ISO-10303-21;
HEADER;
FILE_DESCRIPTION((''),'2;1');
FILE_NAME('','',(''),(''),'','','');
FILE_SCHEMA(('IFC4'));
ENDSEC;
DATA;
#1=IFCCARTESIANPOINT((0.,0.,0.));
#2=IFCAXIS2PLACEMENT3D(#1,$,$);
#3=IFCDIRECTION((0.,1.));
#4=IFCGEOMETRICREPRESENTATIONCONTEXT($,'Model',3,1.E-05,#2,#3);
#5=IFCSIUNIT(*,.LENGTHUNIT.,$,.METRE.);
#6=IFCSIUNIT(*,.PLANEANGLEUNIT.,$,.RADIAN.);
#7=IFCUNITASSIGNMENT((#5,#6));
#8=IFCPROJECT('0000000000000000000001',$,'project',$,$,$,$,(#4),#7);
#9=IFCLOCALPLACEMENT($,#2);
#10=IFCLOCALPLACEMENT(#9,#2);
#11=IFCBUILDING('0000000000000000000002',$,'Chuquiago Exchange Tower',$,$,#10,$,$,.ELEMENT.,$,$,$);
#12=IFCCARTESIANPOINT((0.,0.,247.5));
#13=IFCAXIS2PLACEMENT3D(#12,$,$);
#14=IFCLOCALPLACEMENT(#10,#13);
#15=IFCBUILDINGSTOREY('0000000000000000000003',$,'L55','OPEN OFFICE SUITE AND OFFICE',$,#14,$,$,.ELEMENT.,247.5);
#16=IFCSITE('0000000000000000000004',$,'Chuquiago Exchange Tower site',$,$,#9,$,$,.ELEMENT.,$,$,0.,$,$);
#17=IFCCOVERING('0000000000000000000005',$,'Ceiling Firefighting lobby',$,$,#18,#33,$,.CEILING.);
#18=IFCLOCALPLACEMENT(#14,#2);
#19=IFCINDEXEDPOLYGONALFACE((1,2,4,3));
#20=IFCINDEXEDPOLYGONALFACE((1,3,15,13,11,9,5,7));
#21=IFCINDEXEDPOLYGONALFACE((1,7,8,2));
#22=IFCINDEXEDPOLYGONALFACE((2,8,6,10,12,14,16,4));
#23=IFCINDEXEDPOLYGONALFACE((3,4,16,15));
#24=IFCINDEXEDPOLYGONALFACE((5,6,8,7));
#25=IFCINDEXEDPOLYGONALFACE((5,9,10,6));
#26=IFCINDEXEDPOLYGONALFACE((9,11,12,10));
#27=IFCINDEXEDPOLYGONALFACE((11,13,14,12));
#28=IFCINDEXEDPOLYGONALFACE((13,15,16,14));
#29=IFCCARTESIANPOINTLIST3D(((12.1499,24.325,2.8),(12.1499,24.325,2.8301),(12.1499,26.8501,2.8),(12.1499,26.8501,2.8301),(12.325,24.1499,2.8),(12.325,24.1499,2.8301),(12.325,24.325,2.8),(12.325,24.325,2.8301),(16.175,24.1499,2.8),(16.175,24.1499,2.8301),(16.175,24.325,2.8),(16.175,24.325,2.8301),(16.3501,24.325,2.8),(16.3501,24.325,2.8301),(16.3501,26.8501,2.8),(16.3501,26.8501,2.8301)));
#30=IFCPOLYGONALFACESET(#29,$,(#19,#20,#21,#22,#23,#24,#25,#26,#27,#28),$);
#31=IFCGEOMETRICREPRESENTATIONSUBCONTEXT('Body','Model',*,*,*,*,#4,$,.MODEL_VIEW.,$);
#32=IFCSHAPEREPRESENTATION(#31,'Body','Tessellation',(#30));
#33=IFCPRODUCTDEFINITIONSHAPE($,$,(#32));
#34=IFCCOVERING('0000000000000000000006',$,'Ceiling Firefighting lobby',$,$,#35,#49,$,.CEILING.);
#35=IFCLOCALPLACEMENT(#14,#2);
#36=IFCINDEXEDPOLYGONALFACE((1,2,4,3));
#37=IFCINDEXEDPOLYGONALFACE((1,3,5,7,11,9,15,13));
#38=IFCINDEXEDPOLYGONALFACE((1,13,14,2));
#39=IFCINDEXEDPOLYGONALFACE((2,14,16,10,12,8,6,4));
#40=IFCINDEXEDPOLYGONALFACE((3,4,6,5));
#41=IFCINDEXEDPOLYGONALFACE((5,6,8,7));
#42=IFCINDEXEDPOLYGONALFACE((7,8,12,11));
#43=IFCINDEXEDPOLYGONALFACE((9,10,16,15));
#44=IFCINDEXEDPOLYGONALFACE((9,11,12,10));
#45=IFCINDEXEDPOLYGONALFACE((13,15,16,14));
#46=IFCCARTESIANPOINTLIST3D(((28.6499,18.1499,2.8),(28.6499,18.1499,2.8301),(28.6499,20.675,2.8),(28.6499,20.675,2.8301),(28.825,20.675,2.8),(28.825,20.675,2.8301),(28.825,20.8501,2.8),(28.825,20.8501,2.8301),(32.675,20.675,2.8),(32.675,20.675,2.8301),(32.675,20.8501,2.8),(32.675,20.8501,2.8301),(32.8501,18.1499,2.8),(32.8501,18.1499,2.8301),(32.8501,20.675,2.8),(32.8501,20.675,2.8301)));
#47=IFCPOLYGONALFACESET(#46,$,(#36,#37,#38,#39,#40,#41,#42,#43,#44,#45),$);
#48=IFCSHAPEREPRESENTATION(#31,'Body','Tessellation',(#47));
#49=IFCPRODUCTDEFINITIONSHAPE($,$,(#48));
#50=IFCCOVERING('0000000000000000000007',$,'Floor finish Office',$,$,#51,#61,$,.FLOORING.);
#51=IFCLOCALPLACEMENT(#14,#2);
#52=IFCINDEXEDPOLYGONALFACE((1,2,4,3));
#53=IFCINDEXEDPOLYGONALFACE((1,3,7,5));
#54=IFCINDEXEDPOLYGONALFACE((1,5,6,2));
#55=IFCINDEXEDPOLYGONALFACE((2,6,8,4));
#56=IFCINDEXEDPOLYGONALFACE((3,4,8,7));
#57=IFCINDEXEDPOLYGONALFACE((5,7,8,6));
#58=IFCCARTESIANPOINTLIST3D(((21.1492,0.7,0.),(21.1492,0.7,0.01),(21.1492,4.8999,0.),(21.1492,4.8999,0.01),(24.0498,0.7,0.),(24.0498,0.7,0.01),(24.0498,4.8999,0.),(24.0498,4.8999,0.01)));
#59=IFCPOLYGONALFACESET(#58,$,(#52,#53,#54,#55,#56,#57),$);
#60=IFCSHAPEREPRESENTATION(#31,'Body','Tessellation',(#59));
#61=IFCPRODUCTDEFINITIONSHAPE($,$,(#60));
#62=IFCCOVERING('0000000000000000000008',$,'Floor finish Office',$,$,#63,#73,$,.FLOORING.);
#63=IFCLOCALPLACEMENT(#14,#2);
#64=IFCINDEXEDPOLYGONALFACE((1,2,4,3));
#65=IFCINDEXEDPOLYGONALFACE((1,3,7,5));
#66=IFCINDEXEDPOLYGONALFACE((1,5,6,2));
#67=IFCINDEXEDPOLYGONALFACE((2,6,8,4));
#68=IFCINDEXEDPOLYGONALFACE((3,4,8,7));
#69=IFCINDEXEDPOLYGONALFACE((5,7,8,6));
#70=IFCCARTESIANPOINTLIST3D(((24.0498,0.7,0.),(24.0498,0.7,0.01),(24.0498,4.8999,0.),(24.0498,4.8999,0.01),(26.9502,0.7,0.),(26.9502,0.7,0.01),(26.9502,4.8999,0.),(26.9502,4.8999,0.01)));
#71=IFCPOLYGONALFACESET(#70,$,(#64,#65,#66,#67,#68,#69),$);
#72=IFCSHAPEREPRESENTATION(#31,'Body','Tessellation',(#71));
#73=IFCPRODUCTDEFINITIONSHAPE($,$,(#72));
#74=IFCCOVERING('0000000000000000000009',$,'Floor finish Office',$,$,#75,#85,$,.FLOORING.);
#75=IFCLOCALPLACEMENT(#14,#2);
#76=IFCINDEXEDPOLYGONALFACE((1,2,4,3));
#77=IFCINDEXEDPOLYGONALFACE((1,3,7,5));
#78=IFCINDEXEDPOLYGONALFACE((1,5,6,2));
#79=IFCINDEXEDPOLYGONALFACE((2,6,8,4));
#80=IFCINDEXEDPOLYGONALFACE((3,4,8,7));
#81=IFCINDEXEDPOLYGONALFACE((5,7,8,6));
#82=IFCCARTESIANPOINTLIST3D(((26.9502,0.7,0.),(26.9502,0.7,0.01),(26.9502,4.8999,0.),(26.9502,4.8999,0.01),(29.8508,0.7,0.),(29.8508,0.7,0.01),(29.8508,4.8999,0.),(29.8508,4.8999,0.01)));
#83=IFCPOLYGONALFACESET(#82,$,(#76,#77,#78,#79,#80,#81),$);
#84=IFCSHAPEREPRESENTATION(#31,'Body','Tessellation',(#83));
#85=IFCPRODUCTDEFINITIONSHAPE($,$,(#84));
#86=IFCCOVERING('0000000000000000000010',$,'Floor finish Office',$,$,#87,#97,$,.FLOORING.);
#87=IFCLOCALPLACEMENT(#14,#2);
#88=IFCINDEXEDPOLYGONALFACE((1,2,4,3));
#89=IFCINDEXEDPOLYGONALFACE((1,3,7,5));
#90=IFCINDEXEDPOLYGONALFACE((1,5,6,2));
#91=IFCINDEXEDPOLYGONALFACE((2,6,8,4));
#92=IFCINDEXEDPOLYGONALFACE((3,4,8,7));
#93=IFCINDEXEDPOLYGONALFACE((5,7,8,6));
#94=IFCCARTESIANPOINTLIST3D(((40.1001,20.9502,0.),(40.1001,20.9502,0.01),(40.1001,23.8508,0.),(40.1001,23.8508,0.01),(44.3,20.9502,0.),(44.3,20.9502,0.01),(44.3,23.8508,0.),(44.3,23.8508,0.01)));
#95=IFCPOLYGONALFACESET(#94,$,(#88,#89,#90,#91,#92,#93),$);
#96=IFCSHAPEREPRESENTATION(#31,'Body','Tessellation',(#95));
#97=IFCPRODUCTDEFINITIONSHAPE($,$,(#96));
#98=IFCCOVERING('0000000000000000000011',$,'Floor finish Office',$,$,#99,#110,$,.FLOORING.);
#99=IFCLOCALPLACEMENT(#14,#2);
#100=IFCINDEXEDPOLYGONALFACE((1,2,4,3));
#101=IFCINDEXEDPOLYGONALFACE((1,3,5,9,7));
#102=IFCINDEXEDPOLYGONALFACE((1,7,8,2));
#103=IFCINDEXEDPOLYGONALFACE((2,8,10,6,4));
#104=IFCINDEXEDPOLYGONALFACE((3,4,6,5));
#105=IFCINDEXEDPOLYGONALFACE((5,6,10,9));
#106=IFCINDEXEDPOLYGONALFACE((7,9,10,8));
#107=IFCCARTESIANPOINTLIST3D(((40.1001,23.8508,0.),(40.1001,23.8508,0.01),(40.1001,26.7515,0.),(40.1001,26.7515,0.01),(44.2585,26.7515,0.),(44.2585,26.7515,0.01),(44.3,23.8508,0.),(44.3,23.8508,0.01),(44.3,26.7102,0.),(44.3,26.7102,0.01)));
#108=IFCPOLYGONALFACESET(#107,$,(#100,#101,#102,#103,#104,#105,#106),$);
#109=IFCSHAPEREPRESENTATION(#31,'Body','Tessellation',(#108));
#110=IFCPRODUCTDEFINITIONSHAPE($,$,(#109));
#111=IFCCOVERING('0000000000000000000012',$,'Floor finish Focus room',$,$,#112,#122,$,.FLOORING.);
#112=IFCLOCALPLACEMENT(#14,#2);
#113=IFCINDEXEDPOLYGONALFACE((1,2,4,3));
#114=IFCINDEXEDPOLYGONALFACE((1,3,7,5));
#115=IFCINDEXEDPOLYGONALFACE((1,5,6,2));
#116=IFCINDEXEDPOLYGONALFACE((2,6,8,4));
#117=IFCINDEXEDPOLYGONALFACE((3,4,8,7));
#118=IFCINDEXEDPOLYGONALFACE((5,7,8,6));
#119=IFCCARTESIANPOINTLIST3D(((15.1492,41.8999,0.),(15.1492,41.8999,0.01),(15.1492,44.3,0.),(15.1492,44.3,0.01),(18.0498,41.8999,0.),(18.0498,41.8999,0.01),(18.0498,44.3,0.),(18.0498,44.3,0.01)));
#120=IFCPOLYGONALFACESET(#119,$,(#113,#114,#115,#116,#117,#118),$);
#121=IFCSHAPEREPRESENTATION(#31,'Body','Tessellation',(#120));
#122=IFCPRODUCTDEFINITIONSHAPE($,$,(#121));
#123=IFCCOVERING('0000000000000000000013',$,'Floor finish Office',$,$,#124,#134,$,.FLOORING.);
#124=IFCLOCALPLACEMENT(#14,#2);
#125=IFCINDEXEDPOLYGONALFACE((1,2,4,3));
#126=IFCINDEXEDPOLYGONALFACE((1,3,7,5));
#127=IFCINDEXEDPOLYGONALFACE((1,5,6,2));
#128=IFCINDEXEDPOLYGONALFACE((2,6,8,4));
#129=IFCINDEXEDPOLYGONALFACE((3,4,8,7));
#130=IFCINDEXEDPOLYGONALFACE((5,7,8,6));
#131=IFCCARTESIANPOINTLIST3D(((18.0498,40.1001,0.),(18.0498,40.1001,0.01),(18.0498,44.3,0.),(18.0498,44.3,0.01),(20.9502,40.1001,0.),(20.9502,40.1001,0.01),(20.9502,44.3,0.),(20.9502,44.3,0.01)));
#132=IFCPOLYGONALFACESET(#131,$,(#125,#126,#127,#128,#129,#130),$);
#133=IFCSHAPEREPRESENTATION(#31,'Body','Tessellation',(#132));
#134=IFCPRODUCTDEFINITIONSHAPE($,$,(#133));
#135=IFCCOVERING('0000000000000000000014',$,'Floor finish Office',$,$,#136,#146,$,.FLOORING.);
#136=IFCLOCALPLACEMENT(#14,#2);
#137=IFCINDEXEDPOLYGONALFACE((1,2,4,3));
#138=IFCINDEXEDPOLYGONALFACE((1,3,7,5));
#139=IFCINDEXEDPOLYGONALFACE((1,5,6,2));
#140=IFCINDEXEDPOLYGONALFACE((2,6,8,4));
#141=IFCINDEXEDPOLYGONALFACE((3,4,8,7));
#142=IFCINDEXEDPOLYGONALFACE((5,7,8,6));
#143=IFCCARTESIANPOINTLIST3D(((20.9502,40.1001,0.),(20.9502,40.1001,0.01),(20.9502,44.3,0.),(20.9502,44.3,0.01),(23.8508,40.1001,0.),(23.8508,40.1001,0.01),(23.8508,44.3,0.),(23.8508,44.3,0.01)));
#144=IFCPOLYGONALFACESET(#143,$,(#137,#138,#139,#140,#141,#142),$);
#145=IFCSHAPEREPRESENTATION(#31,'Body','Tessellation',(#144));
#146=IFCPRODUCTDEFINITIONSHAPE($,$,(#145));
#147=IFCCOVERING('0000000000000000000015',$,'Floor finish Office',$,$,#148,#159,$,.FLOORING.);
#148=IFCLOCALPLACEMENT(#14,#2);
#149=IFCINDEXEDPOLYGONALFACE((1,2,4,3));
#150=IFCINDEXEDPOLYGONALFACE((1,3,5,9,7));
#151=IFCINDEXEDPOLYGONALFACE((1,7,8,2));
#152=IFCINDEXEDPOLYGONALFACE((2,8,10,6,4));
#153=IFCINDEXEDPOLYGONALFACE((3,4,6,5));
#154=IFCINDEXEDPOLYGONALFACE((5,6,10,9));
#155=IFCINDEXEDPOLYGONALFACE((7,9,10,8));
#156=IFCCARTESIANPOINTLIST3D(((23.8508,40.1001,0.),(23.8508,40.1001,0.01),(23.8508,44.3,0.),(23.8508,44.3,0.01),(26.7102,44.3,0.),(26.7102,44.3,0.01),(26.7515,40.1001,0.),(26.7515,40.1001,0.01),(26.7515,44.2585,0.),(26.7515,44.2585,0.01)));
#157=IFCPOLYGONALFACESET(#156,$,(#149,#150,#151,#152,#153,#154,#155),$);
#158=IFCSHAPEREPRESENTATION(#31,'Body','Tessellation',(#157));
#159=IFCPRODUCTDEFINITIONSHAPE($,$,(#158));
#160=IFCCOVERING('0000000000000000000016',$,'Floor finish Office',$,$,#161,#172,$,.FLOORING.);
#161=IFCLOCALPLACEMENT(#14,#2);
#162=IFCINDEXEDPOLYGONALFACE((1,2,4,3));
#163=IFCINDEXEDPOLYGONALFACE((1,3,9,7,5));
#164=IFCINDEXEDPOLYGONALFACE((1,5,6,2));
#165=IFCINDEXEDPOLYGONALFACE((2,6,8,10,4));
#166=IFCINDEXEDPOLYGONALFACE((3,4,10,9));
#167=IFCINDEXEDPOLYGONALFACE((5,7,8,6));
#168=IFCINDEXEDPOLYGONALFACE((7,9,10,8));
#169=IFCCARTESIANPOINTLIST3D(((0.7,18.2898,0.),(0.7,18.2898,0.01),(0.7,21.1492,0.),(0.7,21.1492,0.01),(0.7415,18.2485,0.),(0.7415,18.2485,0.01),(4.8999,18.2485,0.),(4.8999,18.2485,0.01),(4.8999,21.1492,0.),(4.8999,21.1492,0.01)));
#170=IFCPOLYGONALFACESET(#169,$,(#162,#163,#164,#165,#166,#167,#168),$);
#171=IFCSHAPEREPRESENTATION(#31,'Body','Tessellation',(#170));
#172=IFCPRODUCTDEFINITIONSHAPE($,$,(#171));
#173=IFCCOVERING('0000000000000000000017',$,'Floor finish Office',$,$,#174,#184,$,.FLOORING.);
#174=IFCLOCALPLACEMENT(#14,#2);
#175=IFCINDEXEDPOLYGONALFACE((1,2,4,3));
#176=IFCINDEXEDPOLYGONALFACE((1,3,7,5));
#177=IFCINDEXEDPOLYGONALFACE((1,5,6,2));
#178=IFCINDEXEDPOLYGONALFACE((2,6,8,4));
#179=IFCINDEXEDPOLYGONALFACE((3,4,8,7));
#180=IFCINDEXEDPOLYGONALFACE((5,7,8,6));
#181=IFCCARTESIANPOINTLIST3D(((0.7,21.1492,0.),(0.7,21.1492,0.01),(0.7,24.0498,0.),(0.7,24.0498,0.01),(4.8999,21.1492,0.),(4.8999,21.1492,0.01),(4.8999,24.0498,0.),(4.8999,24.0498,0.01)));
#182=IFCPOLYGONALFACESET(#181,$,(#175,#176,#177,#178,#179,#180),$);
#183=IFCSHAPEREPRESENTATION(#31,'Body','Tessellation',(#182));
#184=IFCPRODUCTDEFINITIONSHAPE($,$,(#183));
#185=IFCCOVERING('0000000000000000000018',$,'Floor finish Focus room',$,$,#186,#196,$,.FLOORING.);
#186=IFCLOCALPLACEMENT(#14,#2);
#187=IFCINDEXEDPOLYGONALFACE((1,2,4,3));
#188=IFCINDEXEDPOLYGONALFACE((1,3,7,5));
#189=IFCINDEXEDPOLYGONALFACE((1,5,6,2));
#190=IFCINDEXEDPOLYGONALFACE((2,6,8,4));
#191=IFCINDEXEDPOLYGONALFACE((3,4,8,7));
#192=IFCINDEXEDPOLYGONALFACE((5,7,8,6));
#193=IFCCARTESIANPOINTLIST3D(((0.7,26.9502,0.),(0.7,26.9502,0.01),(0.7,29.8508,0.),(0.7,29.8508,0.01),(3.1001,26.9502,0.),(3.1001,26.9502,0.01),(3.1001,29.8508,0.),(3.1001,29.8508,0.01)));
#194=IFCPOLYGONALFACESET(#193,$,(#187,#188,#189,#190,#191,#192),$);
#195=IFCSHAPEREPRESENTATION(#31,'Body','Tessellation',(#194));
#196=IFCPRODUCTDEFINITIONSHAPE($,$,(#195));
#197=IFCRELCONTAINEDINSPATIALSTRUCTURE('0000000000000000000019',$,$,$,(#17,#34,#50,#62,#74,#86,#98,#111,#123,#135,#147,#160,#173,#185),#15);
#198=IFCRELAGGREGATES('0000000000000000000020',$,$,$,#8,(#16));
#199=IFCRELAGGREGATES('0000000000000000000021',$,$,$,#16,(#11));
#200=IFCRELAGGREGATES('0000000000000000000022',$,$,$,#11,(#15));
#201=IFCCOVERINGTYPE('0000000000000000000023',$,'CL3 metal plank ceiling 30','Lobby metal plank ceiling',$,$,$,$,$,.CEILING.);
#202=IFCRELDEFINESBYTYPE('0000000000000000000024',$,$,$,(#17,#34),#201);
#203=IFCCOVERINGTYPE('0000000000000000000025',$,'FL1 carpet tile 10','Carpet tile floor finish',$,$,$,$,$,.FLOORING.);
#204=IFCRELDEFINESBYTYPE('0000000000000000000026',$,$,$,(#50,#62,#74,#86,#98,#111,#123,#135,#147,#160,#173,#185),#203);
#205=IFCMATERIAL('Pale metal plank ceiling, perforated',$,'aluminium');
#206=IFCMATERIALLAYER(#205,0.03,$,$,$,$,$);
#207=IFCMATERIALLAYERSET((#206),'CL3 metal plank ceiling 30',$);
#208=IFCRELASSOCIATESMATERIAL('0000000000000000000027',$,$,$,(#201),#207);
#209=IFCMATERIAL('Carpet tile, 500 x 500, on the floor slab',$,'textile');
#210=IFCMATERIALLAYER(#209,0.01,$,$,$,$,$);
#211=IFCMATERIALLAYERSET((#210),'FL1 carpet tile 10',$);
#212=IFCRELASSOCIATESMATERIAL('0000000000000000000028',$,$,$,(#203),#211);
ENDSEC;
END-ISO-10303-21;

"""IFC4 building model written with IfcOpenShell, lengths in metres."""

from ifc_helpers import new_model, si_unit, direction, frame, origin, place, context, subcontext, project, spatial, polyline, outline, extrude, material, layer, layer_set, type_object, element, save


model = new_model("IFC4")

# Units and contexts
model_context = context("Model", 3, precision=1e-05, world=origin(), true_north=direction((0.0, 1.0)))
body_context = subcontext(model_context, "Body", "Model", "MODEL_VIEW")
ifc_project = project(units=[si_unit("LENGTHUNIT", "METRE"), si_unit("PLANEANGLEUNIT", "RADIAN")], contexts=[model_context])

# Site, building, storey
site_placement = place(None, origin())
site = spatial("IfcSite", under=ifc_project, at=site_placement, Name="Chuquiago Exchange Tower site", CompositionType="ELEMENT", RefElevation=0.0)
building_placement = place(site_placement, origin())
building = spatial("IfcBuilding", under=site, at=building_placement, Name="Chuquiago Exchange Tower", CompositionType="ELEMENT")
storey_placement = place(building_placement, frame((0.0, 0.0, 247.5)))
storey = spatial("IfcBuildingStorey", under=building, at=storey_placement, Name="L55", Description="OPEN OFFICE SUITE AND OFFICE", CompositionType="ELEMENT", Elevation=247.5)

# Coverings
ifc_material_1 = material(Name="Pale metal plank ceiling, perforated", Category="aluminium")
ifc_layer_1 = layer(ifc_material_1, 0.03)
ifc_layer_set_1 = layer_set([ifc_layer_1], Name="CL3 metal plank ceiling 30")
covering_type_1 = type_object("IfcCoveringType", Name="CL3 metal plank ceiling 30", Description="Lobby metal plank ceiling", PredefinedType="CEILING", material=ifc_layer_set_1)
covering_1_placement = place(storey_placement, frame((0.0, 0.0, 2.8)))
element("IfcCovering", 1, at=covering_1_placement, inside=storey, type_object=covering_type_1, Name="Ceiling Firefighting lobby", PredefinedType="CEILING", context=body_context, shape_type="SweptSolid", body=[
    extrude(outline(polyline([(12.325, 24.1499), (12.325, 24.325), (12.1499, 24.325), (12.1499, 26.8501), (16.3501, 26.8501), (16.3501, 24.325), (16.175, 24.325), (16.175, 24.1499), (12.325, 24.1499)])), origin(), (0.0, 0.0, 1.0), 0.03),
])
covering_2_placement = place(storey_placement, frame((0.0, 0.0, 2.8)))
element("IfcCovering", 2, at=covering_2_placement, inside=storey, type_object=covering_type_1, Name="Ceiling Firefighting lobby", PredefinedType="CEILING", context=body_context, shape_type="SweptSolid", body=[
    extrude(outline(polyline([(28.6499, 18.1499), (28.6499, 20.675), (28.825, 20.675), (28.825, 20.8501), (32.675, 20.8501), (32.675, 20.675), (32.8501, 20.675), (32.8501, 18.1499), (28.6499, 18.1499)])), origin(), (0.0, 0.0, 1.0), 0.03),
])
ifc_material_2 = material(Name="Carpet tile, 500 x 500, on the floor slab", Category="textile")
ifc_layer_2 = layer(ifc_material_2, 0.01)
ifc_layer_set_2 = layer_set([ifc_layer_2], Name="FL1 carpet tile 10")
covering_type_2 = type_object("IfcCoveringType", Name="FL1 carpet tile 10", Description="Carpet tile floor finish", PredefinedType="FLOORING", material=ifc_layer_set_2)
covering_3_placement = place(storey_placement, origin())
element("IfcCovering", 3, at=covering_3_placement, inside=storey, type_object=covering_type_2, Name="Floor finish Office", PredefinedType="FLOORING", context=body_context, shape_type="SweptSolid", body=[
    extrude(outline(polyline([(21.1492, 0.7), (21.1492, 4.8999), (24.0498, 4.8999), (24.0498, 0.7), (21.1492, 0.7)])), origin(), (0.0, 0.0, 1.0), 0.01),
])
covering_4_placement = place(storey_placement, origin())
element("IfcCovering", 4, at=covering_4_placement, inside=storey, type_object=covering_type_2, Name="Floor finish Office", PredefinedType="FLOORING", context=body_context, shape_type="SweptSolid", body=[
    extrude(outline(polyline([(24.0498, 0.7), (24.0498, 4.8999), (26.9502, 4.8999), (26.9502, 0.7), (24.0498, 0.7)])), origin(), (0.0, 0.0, 1.0), 0.01),
])
covering_5_placement = place(storey_placement, origin())
element("IfcCovering", 5, at=covering_5_placement, inside=storey, type_object=covering_type_2, Name="Floor finish Office", PredefinedType="FLOORING", context=body_context, shape_type="SweptSolid", body=[
    extrude(outline(polyline([(26.9502, 0.7), (26.9502, 4.8999), (29.8508, 4.8999), (29.8508, 0.7), (26.9502, 0.7)])), origin(), (0.0, 0.0, 1.0), 0.01),
])
covering_6_placement = place(storey_placement, origin())
element("IfcCovering", 6, at=covering_6_placement, inside=storey, type_object=covering_type_2, Name="Floor finish Office", PredefinedType="FLOORING", context=body_context, shape_type="SweptSolid", body=[
    extrude(outline(polyline([(44.3, 20.9502), (40.1001, 20.9502), (40.1001, 23.8508), (44.3, 23.8508), (44.3, 20.9502)])), origin(), (0.0, 0.0, 1.0), 0.01),
])
covering_7_placement = place(storey_placement, origin())
element("IfcCovering", 7, at=covering_7_placement, inside=storey, type_object=covering_type_2, Name="Floor finish Office", PredefinedType="FLOORING", context=body_context, shape_type="SweptSolid", body=[
    extrude(outline(polyline([(44.3, 26.7102), (44.3, 23.8508), (40.1001, 23.8508), (40.1001, 26.7515), (44.2585, 26.7515), (44.3, 26.7102)])), origin(), (0.0, 0.0, 1.0), 0.01),
])
covering_8_placement = place(storey_placement, origin())
element("IfcCovering", 8, at=covering_8_placement, inside=storey, type_object=covering_type_2, Name="Floor finish Focus room", PredefinedType="FLOORING", context=body_context, shape_type="SweptSolid", body=[
    extrude(outline(polyline([(18.0498, 44.3), (18.0498, 41.8999), (15.1492, 41.8999), (15.1492, 44.3), (18.0498, 44.3)])), origin(), (0.0, 0.0, 1.0), 0.01),
])
covering_9_placement = place(storey_placement, origin())
element("IfcCovering", 9, at=covering_9_placement, inside=storey, type_object=covering_type_2, Name="Floor finish Office", PredefinedType="FLOORING", context=body_context, shape_type="SweptSolid", body=[
    extrude(outline(polyline([(20.9502, 44.3), (20.9502, 40.1001), (18.0498, 40.1001), (18.0498, 44.3), (20.9502, 44.3)])), origin(), (0.0, 0.0, 1.0), 0.01),
])
covering_10_placement = place(storey_placement, origin())
element("IfcCovering", 10, at=covering_10_placement, inside=storey, type_object=covering_type_2, Name="Floor finish Office", PredefinedType="FLOORING", context=body_context, shape_type="SweptSolid", body=[
    extrude(outline(polyline([(23.8508, 44.3), (23.8508, 40.1001), (20.9502, 40.1001), (20.9502, 44.3), (23.8508, 44.3)])), origin(), (0.0, 0.0, 1.0), 0.01),
])
covering_11_placement = place(storey_placement, origin())
element("IfcCovering", 11, at=covering_11_placement, inside=storey, type_object=covering_type_2, Name="Floor finish Office", PredefinedType="FLOORING", context=body_context, shape_type="SweptSolid", body=[
    extrude(outline(polyline([(26.7102, 44.3), (26.7515, 44.2585), (26.7515, 40.1001), (23.8508, 40.1001), (23.8508, 44.3), (26.7102, 44.3)])), origin(), (0.0, 0.0, 1.0), 0.01),
])
covering_12_placement = place(storey_placement, origin())
element("IfcCovering", 12, at=covering_12_placement, inside=storey, type_object=covering_type_2, Name="Floor finish Office", PredefinedType="FLOORING", context=body_context, shape_type="SweptSolid", body=[
    extrude(outline(polyline([(0.7, 21.1492), (4.8999, 21.1492), (4.8999, 18.2485), (0.7415, 18.2485), (0.7, 18.2898), (0.7, 21.1492)])), origin(), (0.0, 0.0, 1.0), 0.01),
])
covering_13_placement = place(storey_placement, origin())
element("IfcCovering", 13, at=covering_13_placement, inside=storey, type_object=covering_type_2, Name="Floor finish Office", PredefinedType="FLOORING", context=body_context, shape_type="SweptSolid", body=[
    extrude(outline(polyline([(0.7, 24.0498), (4.8999, 24.0498), (4.8999, 21.1492), (0.7, 21.1492), (0.7, 24.0498)])), origin(), (0.0, 0.0, 1.0), 0.01),
])
covering_14_placement = place(storey_placement, origin())
element("IfcCovering", 14, at=covering_14_placement, inside=storey, type_object=covering_type_2, Name="Floor finish Focus room", PredefinedType="FLOORING", context=body_context, shape_type="SweptSolid", body=[
    extrude(outline(polyline([(0.7, 29.8508), (3.1001, 29.8508), (3.1001, 26.9502), (0.7, 26.9502), (0.7, 29.8508)])), origin(), (0.0, 0.0, 1.0), 0.01),
])

save(model, "model.ifc")
